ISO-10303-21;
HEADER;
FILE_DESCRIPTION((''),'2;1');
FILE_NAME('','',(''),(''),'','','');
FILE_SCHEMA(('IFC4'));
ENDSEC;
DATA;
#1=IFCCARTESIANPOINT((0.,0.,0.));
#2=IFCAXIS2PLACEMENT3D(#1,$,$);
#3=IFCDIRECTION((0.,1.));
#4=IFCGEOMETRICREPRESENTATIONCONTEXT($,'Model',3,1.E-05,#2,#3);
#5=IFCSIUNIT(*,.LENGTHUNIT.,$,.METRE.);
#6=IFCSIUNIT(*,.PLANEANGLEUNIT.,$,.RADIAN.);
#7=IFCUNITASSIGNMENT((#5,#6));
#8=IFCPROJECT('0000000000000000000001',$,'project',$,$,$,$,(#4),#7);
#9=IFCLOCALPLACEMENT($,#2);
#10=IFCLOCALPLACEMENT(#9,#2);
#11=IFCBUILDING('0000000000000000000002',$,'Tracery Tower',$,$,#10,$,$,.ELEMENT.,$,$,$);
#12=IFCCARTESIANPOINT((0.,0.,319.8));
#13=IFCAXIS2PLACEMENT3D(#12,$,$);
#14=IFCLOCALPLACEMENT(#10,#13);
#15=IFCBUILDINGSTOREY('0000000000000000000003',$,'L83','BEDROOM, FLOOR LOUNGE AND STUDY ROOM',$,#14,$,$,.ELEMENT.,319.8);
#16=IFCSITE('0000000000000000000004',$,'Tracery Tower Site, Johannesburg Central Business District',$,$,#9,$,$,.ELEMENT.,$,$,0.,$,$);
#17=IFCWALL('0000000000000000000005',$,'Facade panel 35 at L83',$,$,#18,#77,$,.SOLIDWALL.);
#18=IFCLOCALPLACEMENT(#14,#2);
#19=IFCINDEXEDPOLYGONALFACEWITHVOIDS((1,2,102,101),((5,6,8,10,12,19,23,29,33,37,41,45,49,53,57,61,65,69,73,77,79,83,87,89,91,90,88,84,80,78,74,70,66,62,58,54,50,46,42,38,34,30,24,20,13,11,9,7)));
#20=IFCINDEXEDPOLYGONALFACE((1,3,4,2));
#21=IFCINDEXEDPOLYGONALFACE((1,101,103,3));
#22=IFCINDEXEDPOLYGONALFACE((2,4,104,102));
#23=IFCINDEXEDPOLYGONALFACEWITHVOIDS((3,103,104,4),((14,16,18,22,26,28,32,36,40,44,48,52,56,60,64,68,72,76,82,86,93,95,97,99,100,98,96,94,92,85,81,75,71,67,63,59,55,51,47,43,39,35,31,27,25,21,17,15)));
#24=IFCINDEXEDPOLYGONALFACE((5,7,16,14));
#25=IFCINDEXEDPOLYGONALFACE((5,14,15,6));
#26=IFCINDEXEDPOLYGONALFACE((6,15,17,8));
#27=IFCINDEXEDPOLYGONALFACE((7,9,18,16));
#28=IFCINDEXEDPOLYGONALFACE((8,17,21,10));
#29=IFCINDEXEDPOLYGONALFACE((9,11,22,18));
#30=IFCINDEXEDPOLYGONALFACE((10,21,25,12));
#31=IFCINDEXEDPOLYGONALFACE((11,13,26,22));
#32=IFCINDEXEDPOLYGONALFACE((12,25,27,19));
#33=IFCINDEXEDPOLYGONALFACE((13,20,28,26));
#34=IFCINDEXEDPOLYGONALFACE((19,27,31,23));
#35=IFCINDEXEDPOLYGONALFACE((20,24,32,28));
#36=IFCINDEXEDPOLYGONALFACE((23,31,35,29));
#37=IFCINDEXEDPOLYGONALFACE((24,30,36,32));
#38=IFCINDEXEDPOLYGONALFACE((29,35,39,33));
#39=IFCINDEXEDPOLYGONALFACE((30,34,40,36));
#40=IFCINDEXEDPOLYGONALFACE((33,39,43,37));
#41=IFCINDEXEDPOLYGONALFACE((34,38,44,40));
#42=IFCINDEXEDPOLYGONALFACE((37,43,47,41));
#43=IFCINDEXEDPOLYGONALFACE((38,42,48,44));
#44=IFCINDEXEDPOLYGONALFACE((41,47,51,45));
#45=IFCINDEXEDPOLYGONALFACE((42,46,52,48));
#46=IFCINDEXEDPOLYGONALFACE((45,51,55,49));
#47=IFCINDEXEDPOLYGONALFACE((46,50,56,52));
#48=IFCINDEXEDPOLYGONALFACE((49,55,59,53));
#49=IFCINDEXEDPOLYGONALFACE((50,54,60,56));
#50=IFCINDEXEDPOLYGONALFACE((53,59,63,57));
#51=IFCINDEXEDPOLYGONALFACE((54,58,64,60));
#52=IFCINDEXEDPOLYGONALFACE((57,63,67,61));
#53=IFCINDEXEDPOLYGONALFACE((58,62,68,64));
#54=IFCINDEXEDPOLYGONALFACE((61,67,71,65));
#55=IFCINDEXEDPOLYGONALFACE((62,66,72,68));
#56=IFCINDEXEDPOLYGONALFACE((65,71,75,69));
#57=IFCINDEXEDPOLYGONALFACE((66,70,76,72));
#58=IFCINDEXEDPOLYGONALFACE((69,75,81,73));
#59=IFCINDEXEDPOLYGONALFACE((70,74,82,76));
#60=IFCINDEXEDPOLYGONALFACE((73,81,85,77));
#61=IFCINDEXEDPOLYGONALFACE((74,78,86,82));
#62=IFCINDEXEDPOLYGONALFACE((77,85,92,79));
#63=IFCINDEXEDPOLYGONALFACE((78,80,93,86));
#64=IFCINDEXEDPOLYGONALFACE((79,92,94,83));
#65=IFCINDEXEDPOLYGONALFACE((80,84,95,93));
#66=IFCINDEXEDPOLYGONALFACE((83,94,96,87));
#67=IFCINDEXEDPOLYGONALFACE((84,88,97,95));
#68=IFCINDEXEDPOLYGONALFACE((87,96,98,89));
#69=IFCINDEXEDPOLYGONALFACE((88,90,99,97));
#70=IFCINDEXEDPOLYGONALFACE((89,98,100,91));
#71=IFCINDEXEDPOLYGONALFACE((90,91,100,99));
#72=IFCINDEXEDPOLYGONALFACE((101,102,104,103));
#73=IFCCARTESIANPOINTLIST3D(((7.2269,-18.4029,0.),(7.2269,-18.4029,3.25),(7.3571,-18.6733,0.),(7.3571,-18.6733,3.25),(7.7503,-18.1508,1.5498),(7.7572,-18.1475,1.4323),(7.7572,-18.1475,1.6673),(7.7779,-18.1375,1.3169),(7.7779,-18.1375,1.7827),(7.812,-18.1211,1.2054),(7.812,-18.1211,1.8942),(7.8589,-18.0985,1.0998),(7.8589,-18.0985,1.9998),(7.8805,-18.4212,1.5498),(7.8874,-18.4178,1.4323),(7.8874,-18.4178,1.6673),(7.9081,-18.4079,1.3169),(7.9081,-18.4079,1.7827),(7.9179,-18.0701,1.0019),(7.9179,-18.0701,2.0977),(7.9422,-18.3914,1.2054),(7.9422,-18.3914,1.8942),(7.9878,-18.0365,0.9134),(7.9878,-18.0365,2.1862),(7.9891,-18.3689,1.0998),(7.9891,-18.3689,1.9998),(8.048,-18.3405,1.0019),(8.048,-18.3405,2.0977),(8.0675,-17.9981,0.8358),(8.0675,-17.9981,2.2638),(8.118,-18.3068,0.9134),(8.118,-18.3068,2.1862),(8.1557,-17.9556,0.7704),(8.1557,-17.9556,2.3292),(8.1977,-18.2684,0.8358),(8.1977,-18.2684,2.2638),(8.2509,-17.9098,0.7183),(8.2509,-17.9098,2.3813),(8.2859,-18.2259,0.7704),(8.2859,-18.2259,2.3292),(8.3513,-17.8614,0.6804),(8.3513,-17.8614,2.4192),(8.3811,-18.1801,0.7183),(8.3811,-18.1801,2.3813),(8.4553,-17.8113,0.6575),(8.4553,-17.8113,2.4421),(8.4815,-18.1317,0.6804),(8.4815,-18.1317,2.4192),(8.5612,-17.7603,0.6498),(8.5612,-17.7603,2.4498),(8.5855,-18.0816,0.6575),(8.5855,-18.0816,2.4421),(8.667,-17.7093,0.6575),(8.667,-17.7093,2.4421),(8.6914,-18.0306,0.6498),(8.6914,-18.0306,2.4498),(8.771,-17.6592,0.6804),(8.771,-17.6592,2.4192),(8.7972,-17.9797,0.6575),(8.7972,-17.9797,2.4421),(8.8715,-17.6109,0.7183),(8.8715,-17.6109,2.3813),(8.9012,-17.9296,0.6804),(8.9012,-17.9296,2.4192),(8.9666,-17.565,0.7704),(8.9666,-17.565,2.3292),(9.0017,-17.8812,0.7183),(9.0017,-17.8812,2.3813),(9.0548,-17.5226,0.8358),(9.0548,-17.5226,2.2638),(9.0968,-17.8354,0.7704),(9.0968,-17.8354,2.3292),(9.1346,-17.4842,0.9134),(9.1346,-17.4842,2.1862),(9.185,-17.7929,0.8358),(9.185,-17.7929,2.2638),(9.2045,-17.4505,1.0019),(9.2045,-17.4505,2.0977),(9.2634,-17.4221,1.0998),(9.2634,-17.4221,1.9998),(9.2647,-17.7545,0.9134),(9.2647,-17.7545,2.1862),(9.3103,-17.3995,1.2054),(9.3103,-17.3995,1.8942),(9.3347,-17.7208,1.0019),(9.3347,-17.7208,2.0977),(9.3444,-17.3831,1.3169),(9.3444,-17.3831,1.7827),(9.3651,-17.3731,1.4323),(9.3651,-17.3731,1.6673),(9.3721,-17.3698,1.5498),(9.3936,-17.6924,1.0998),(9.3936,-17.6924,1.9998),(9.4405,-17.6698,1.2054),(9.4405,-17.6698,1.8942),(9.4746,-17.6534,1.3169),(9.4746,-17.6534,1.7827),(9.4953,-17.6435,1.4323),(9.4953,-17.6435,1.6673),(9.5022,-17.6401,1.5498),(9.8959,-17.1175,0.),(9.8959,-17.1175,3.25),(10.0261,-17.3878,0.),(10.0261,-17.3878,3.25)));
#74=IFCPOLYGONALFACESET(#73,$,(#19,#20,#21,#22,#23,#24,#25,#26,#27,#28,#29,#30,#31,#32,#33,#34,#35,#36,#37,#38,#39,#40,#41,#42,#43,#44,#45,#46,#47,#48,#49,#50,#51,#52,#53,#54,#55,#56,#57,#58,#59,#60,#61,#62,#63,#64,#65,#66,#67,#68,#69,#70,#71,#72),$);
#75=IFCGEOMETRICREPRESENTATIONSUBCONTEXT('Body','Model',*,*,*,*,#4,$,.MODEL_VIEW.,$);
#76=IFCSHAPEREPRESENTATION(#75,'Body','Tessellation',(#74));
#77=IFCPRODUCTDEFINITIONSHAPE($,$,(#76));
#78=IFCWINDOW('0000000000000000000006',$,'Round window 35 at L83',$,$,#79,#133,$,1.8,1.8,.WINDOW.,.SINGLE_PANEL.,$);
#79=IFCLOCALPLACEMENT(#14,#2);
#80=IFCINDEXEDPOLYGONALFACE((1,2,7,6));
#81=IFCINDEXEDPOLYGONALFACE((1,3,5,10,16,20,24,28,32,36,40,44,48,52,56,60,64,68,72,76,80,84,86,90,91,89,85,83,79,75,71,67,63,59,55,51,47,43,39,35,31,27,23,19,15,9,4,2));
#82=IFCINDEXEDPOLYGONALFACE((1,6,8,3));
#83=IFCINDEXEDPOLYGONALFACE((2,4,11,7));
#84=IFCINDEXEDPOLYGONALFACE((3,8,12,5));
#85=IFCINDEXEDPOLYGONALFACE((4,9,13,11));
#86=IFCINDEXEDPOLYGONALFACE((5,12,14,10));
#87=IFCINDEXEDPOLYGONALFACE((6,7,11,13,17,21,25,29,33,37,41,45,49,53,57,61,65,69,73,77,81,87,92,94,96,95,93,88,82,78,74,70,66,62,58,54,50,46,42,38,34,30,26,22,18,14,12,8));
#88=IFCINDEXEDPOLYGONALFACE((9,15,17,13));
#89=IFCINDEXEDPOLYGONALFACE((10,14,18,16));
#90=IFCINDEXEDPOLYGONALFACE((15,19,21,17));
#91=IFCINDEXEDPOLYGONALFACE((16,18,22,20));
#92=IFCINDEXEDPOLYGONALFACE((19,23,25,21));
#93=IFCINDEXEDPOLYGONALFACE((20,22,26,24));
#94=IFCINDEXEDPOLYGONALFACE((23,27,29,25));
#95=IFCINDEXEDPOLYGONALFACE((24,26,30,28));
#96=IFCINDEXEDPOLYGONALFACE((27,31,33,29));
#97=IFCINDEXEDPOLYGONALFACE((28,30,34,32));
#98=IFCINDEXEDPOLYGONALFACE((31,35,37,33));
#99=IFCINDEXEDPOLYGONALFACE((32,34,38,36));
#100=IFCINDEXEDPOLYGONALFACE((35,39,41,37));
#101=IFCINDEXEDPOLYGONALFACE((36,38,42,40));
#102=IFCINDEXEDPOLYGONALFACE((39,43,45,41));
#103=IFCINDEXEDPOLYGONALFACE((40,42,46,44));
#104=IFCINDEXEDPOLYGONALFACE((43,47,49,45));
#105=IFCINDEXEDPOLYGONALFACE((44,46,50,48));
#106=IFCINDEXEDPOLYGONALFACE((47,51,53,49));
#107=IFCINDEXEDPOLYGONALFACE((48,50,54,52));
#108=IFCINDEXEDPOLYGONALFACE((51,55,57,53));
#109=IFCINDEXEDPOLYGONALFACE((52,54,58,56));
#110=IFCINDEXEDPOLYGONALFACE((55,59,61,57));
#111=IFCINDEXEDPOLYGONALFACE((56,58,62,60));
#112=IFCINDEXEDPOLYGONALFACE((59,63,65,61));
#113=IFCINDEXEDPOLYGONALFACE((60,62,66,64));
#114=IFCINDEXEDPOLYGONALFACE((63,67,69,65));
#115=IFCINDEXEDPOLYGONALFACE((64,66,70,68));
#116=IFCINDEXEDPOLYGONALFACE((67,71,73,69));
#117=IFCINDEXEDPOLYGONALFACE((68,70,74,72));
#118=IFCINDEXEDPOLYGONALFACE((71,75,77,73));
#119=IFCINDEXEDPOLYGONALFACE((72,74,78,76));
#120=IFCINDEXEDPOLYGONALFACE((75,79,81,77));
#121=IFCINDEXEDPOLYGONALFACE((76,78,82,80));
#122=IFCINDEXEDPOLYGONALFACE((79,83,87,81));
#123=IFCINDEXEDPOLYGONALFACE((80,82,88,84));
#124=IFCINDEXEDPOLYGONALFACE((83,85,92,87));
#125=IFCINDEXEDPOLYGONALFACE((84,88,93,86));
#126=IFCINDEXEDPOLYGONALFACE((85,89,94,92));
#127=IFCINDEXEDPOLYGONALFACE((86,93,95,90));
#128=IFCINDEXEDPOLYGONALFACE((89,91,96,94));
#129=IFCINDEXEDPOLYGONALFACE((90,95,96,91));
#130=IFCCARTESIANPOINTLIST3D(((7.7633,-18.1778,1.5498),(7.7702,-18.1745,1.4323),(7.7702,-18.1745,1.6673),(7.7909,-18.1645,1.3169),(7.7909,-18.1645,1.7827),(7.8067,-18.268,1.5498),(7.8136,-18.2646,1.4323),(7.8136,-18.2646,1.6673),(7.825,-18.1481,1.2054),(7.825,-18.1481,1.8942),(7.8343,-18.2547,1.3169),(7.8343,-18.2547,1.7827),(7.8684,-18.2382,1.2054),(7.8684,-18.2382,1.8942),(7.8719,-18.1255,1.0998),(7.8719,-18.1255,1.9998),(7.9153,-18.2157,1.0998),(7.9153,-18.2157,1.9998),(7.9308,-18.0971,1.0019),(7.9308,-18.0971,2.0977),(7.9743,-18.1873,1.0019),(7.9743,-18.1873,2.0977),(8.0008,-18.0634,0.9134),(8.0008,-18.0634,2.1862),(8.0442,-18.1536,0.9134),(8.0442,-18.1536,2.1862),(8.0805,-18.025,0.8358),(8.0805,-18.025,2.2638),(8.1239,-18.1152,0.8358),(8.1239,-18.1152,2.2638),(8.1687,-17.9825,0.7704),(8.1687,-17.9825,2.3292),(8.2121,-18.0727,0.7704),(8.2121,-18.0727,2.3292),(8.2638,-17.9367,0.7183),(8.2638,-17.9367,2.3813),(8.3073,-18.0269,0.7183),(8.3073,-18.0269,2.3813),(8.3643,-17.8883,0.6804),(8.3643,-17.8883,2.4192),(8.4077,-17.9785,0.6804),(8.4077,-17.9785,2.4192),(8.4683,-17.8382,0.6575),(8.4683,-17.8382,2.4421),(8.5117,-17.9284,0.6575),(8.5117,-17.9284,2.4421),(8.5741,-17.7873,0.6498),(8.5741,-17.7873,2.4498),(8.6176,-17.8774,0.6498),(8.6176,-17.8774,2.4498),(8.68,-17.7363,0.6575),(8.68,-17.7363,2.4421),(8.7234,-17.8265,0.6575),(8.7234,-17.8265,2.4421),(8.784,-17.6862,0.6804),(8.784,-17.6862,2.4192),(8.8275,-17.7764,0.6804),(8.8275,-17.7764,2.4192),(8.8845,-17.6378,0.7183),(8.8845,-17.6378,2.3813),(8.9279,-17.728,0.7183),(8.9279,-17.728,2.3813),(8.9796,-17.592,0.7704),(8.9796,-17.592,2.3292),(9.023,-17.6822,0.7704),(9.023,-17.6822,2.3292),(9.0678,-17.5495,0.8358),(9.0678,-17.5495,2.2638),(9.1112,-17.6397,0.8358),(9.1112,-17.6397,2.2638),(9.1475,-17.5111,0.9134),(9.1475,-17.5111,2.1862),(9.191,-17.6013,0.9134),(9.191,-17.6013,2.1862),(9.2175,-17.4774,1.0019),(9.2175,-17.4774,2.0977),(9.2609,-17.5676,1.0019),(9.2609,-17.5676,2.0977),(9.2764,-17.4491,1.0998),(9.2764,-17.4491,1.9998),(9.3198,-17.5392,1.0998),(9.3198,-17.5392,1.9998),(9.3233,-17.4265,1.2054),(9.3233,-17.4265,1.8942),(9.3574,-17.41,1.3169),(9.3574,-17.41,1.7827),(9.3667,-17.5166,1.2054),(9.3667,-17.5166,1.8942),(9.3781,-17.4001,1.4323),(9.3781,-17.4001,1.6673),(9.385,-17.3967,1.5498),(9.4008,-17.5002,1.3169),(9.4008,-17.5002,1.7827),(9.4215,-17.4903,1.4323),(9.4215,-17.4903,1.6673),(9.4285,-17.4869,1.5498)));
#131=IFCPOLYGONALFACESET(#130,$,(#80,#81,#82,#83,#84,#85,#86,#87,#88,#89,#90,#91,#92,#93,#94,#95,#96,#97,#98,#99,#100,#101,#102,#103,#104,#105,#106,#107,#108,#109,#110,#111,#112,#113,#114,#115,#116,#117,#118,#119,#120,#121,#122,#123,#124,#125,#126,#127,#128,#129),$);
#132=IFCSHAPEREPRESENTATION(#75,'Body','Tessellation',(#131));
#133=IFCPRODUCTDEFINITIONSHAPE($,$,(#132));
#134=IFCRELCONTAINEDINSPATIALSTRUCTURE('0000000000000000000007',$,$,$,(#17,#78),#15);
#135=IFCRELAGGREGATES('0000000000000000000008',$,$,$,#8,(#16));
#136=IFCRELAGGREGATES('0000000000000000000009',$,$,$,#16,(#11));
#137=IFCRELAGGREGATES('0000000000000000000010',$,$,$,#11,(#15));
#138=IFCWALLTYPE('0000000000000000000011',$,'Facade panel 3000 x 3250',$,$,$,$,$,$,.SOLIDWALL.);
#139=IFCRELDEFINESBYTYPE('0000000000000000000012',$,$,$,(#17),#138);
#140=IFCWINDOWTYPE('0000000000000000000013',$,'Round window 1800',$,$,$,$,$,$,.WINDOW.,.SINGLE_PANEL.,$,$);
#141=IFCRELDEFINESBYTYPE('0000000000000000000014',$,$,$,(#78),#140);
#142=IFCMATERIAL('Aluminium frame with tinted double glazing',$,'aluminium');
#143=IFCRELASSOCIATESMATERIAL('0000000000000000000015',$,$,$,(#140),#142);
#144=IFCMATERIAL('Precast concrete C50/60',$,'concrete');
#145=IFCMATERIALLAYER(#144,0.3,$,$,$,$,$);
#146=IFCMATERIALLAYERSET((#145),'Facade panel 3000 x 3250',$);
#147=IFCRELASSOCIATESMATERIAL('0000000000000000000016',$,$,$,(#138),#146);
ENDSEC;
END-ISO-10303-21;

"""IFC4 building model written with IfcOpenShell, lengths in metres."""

from ifc_helpers import new_model, si_unit, direction, frame, frame_2d, origin, origin_2d, place, context, subcontext, project, spatial, rectangle, circle, extrude, material, layer, layer_set, type_object, element, fill, save


model = new_model("IFC4")

# Units and contexts
model_context = context("Model", 3, precision=1e-05, world=origin(), true_north=direction((0.0, 1.0)))
body_context = subcontext(model_context, "Body", "Model", "MODEL_VIEW")
ifc_project = project(units=[si_unit("LENGTHUNIT", "METRE"), si_unit("PLANEANGLEUNIT", "RADIAN")], contexts=[model_context])

# Site, building, storey
site_placement = place(None, origin())
site = spatial("IfcSite", under=ifc_project, at=site_placement, Name="Tracery Tower Site, Johannesburg Central Business District", CompositionType="ELEMENT", RefElevation=0.0)
building_placement = place(site_placement, origin())
building = spatial("IfcBuilding", under=site, at=building_placement, Name="Tracery Tower", CompositionType="ELEMENT")
storey_placement = place(building_placement, frame((0.0, 0.0, 319.8)))
storey = spatial("IfcBuildingStorey", under=building, at=storey_placement, Name="L83", Description="BEDROOM, FLOOR LOUNGE AND STUDY ROOM", CompositionType="ELEMENT", Elevation=319.8)

# Wall, opening, window
ifc_material_1 = material(Name="Aluminium frame with tinted double glazing", Category="aluminium")
window_type = type_object("IfcWindowType", Name="Round window 1800", PartitioningType="SINGLE_PANEL", PredefinedType="WINDOW", material=ifc_material_1)
ifc_material_2 = material(Name="Precast concrete C50/60", Category="concrete")
ifc_layer_1 = layer(ifc_material_2, 0.3)
ifc_layer_set_1 = layer_set([ifc_layer_1], Name="Facade panel 3000 x 3250")
wall_type_1 = type_object("IfcWallType", Name="Facade panel 3000 x 3250", PredefinedType="SOLIDWALL", material=ifc_layer_set_1)
wall_1_placement = place(storey_placement, frame((7.292, -18.5381, 0.0), z_axis=(0.0, 0.0, 1.0), x_axis=(0.900955, 0.433912, 0.0)))
wall_1 = element("IfcWall", 1, at=wall_1_placement, inside=storey, type_object=wall_type_1, Name="Facade panel 35 at L83", PredefinedType="SOLIDWALL", context=body_context, shape_type="SweptSolid", body=[
    extrude(rectangle(XDim=2.9624, YDim=0.3, at=frame_2d((1.4812, 0.0))), origin(), (0.0, 0.0, 1.0), 3.25),
])
opening_1_placement = place(wall_1_placement, frame((1.481, 0.0, 1.5498)))
opening_1 = element("IfcOpeningElement", 2, at=opening_1_placement, cuts=wall_1, PredefinedType="OPENING", context=body_context, shape_type="SweptSolid", body=[
    extrude(circle(Radius=0.9, at=origin_2d()), frame((0.0, 0.1599, 0.0), z_axis=(0.0, -1.0, 0.0), x_axis=(1.0, 0.0, 0.0)), (0.0, 0.0, 1.0), 0.3201),
])
window_1_placement = place(opening_1_placement, origin())
window_1 = element("IfcWindow", 3, at=window_1_placement, inside=storey, type_object=window_type, Name="Round window 35 at L83", OverallHeight=1.8, OverallWidth=1.8, PartitioningType="SINGLE_PANEL", PredefinedType="WINDOW", context=body_context, shape_type="SweptSolid", body=[
    extrude(circle(Radius=0.9, at=origin_2d()), frame((0.0, 0.1201, 0.0), z_axis=(0.0, -1.0, 0.0), x_axis=(1.0, 0.0, 0.0)), (0.0, 0.0, 1.0), 0.1001),
])
fill(opening_1, window_1)

save(model, "model.ifc")
